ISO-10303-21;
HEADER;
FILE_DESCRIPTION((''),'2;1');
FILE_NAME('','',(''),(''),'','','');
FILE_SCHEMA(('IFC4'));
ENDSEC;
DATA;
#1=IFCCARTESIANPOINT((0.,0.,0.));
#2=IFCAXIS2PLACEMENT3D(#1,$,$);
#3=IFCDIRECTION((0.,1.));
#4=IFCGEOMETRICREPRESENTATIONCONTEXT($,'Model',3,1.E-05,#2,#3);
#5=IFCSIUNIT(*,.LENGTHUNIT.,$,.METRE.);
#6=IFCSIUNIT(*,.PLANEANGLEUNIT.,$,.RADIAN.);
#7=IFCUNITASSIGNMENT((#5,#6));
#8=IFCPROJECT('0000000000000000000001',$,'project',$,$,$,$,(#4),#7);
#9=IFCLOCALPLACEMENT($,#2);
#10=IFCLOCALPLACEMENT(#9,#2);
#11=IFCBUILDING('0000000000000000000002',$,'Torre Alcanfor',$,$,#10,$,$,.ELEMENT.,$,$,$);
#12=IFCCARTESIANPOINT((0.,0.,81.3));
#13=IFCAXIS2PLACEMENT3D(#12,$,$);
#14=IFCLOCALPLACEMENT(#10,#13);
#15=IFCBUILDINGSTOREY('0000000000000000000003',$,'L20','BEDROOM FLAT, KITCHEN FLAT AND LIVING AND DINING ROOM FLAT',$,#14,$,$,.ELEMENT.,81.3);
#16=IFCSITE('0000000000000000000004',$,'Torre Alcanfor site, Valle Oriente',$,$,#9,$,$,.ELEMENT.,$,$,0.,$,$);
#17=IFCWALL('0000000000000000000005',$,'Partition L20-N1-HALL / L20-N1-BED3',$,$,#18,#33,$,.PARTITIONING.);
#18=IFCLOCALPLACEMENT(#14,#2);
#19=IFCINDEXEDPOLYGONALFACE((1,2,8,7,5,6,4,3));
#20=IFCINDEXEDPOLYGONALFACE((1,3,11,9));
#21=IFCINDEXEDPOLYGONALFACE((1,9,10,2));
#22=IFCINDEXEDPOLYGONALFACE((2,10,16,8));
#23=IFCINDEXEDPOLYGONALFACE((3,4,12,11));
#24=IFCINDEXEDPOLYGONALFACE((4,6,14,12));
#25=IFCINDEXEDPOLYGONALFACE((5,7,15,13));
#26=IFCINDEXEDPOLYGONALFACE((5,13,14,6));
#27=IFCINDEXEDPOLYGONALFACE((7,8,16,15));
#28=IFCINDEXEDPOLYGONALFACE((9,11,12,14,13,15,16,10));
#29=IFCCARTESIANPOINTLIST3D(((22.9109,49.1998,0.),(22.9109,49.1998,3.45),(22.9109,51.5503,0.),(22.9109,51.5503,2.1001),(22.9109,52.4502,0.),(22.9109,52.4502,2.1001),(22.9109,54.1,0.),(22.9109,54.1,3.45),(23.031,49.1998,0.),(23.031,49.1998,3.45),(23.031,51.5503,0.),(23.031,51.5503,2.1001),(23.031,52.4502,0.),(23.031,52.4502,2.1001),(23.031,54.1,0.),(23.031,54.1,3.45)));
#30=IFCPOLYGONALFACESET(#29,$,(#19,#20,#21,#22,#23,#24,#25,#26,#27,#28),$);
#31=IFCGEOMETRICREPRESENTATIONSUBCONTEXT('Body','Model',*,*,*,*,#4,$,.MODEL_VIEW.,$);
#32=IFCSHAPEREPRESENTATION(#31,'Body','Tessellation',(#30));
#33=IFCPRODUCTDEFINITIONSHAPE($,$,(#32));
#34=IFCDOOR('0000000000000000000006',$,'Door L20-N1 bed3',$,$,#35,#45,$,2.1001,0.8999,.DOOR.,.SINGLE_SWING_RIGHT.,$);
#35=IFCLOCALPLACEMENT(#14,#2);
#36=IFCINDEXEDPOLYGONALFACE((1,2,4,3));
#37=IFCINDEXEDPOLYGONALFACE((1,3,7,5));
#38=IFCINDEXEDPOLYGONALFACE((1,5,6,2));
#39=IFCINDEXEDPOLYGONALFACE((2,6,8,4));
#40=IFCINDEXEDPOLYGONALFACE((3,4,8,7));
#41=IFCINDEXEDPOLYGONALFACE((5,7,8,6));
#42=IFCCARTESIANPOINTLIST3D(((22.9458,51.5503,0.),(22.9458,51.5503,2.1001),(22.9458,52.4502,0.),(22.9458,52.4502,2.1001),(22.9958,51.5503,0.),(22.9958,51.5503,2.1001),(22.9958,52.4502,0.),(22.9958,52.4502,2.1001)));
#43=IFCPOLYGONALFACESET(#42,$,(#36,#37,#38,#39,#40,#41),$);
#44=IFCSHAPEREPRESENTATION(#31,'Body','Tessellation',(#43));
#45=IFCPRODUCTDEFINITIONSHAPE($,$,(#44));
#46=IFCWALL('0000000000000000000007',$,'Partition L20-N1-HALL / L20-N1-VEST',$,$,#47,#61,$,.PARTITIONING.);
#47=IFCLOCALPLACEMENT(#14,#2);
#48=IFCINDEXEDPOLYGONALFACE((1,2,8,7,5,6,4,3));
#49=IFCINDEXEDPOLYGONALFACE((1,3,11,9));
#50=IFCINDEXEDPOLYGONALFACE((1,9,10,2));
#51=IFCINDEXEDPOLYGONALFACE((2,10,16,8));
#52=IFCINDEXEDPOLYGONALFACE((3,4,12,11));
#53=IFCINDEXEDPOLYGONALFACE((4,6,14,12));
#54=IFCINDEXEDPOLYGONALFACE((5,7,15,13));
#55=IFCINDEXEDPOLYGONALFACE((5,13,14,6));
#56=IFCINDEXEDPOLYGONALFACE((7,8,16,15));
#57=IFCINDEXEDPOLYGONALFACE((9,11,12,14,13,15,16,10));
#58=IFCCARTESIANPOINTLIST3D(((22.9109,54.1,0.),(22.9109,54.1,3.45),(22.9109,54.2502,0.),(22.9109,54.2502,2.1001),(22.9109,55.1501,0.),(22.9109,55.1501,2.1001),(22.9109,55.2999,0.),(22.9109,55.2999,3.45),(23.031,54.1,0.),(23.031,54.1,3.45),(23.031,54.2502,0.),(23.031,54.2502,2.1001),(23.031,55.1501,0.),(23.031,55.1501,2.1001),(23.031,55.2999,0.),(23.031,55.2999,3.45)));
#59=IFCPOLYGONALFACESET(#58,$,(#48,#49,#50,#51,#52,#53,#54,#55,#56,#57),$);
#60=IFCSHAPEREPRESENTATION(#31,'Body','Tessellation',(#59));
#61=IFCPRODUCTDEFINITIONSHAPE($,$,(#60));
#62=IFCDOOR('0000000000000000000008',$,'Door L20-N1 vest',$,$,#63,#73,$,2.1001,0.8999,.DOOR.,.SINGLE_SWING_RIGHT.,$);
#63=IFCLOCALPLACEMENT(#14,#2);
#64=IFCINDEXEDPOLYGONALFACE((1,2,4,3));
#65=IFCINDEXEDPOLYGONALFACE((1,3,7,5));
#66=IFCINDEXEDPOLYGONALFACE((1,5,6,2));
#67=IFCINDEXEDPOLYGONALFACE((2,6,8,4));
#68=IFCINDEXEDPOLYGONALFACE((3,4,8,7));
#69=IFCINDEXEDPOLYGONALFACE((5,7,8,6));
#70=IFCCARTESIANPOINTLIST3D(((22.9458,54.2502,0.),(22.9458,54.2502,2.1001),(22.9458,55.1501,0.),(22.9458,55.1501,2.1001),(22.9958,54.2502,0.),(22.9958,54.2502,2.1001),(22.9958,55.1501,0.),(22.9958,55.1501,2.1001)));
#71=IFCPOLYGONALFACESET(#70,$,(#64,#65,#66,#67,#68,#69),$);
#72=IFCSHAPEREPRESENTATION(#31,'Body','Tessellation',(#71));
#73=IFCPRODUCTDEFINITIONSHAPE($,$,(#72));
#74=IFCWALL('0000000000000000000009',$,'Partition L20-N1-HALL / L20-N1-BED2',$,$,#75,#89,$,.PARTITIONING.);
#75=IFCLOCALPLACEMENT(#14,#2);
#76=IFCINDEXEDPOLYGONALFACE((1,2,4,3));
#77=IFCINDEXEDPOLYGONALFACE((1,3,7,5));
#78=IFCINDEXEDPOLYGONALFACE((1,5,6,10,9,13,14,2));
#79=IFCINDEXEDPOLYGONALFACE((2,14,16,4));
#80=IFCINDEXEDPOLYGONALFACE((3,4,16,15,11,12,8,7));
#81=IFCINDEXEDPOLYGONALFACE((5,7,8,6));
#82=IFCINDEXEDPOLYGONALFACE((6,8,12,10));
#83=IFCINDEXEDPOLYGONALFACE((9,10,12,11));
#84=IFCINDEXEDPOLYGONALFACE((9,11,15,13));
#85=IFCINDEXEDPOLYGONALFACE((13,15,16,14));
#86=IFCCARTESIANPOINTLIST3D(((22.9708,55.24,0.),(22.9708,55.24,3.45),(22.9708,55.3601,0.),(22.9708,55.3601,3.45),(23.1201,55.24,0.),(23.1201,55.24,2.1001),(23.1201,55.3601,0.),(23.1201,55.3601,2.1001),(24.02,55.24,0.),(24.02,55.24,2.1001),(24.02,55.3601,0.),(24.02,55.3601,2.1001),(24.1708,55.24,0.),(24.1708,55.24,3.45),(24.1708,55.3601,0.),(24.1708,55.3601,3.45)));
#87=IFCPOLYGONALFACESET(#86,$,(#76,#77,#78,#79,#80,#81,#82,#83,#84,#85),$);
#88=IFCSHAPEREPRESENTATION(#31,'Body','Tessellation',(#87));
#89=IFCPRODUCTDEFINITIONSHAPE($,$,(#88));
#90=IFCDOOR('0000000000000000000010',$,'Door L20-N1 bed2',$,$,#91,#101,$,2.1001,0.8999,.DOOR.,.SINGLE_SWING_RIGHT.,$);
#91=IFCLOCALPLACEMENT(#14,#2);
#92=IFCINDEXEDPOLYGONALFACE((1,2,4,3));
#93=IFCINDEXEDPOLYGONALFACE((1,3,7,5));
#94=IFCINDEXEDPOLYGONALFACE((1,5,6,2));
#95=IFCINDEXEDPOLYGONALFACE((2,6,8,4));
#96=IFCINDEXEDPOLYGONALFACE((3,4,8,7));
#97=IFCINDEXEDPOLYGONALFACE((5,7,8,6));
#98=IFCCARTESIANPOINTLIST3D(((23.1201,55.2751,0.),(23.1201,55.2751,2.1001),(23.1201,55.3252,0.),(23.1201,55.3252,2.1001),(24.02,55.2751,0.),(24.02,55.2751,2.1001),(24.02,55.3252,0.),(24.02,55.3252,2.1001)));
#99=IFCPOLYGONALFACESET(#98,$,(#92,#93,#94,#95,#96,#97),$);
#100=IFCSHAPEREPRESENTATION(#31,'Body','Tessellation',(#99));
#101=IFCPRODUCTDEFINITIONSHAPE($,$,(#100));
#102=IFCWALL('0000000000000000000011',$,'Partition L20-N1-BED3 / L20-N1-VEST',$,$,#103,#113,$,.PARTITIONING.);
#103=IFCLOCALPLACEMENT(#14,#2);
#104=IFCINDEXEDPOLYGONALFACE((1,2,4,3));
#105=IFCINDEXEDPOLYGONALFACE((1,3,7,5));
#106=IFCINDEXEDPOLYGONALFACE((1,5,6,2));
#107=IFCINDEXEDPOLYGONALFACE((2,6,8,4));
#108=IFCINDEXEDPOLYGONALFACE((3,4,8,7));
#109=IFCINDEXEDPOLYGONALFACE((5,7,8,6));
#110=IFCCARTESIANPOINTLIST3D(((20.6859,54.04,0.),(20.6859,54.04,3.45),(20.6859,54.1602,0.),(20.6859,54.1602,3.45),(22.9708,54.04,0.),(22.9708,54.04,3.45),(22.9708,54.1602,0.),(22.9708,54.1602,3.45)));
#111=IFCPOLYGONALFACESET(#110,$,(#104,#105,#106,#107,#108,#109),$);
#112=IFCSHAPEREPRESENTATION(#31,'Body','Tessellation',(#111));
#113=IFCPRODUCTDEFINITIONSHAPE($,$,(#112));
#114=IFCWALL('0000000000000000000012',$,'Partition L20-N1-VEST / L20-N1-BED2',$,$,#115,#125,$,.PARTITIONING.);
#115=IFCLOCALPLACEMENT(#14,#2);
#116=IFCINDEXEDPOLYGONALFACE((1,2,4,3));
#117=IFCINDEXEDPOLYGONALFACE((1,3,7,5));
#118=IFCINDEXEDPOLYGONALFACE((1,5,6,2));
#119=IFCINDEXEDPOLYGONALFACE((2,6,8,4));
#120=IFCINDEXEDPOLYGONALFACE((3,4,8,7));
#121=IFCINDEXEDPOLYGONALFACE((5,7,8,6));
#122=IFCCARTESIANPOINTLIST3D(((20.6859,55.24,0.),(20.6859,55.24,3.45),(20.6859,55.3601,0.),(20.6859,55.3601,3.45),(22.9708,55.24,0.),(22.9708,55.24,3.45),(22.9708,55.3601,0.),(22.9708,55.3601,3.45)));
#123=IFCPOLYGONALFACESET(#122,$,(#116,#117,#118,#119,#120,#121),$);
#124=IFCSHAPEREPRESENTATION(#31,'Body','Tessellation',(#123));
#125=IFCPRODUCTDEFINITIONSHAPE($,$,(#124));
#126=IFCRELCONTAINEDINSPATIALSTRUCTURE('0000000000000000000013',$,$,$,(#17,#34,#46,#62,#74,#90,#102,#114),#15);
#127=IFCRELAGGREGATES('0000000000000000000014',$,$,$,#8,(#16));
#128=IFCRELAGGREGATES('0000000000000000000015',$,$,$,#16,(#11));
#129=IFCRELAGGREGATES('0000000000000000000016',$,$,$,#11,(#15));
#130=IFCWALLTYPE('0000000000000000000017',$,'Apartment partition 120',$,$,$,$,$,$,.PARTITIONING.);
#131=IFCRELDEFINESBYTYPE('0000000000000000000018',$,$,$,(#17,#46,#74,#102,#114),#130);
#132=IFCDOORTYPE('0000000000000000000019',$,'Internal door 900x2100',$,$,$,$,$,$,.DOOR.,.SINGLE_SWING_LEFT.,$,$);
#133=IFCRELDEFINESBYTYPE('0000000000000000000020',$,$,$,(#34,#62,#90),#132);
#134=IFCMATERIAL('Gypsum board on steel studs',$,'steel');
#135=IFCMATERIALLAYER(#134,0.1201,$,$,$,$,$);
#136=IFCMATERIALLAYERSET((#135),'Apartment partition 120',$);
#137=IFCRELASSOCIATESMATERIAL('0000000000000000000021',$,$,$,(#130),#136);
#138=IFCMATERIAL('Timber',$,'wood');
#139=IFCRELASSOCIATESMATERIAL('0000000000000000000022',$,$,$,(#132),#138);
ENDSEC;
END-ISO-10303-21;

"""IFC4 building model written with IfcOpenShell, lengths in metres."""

from ifc_helpers import new_model, si_unit, direction, frame, frame_2d, origin, place, context, subcontext, project, spatial, rectangle, extrude, material, layer, layer_set, type_object, element, fill, save


model = new_model("IFC4")

# Units and contexts
model_context = context("Model", 3, precision=1e-05, world=origin(), true_north=direction((0.0, 1.0)))
body_context = subcontext(model_context, "Body", "Model", "MODEL_VIEW")
ifc_project = project(units=[si_unit("LENGTHUNIT", "METRE"), si_unit("PLANEANGLEUNIT", "RADIAN")], contexts=[model_context])

# Site, building, storey
site_placement = place(None, origin())
site = spatial("IfcSite", under=ifc_project, at=site_placement, Name="Torre Alcanfor site, Valle Oriente", CompositionType="ELEMENT", RefElevation=0.0)
building_placement = place(site_placement, origin())
building = spatial("IfcBuilding", under=site, at=building_placement, Name="Torre Alcanfor", CompositionType="ELEMENT")
storey_placement = place(building_placement, frame((0.0, 0.0, 81.3)))
storey = spatial("IfcBuildingStorey", under=building, at=storey_placement, Name="L20", Description="BEDROOM FLAT, KITCHEN FLAT AND LIVING AND DINING ROOM FLAT", CompositionType="ELEMENT", Elevation=81.3)

# Shared definitions
ifc_material_1 = material(Name="Gypsum board on steel studs", Category="steel")
ifc_layer_1 = layer(ifc_material_1, 0.1201)
ifc_layer_set_1 = layer_set([ifc_layer_1], Name="Apartment partition 120")
wall_type = type_object("IfcWallType", Name="Apartment partition 120", PredefinedType="PARTITIONING", material=ifc_layer_set_1)
ifc_material_2 = material(Name="Timber", Category="wood")
door_type = type_object("IfcDoorType", Name="Internal door 900x2100", OperationType="SINGLE_SWING_LEFT", PredefinedType="DOOR", material=ifc_material_2)

# Walls, openings, doors
wall_1_placement = place(storey_placement, frame((22.9709, 54.1001, 0.0), z_axis=(0.0, 0.0, 1.0), x_axis=(0.0, -1.0, 0.0)))
wall_1 = element("IfcWall", 1, at=wall_1_placement, inside=storey, type_object=wall_type, Name="Partition L20-N1-HALL / L20-N1-BED3", PredefinedType="PARTITIONING", context=body_context, shape_type="SweptSolid", body=[
    extrude(rectangle(XDim=4.9001, YDim=0.1201, at=frame_2d((2.4502, 0.0))), origin(), (0.0, 0.0, 1.0), 3.45),
])
opening_1_placement = place(wall_1_placement, frame((1.6499, 0.0, 0.0)))
opening_1 = element("IfcOpeningElement", 2, at=opening_1_placement, cuts=wall_1, PredefinedType="OPENING", context=body_context, shape_type="SweptSolid", body=[
    extrude(rectangle(XDim=0.8999, YDim=2.1001, at=frame_2d((0.45, 1.05))), frame((0.0, 0.0701, 0.0), z_axis=(0.0, -1.0, 0.0), x_axis=(1.0, 0.0, 0.0)), (0.0, 0.0, 1.0), 0.1401),
])
door_1_placement = place(opening_1_placement, frame((0.8999, 0.0, 0.0), z_axis=(0.0, 0.0, 1.0), x_axis=(-1.0, 0.0, 0.0)))
door_1 = element("IfcDoor", 3, at=door_1_placement, inside=storey, type_object=door_type, Name="Door L20-N1 bed3", OperationType="SINGLE_SWING_RIGHT", OverallHeight=2.1001, OverallWidth=0.8999, PredefinedType="DOOR", context=body_context, shape_type="SweptSolid", body=[
    extrude(rectangle(XDim=0.8999, YDim=2.1001, at=frame_2d((0.45, 1.05))), frame((0.0, 0.0251, 0.0), z_axis=(0.0, -1.0, 0.0), x_axis=(1.0, 0.0, 0.0)), (0.0, 0.0, 1.0), 0.05),
])
fill(opening_1, door_1)
wall_2_placement = place(storey_placement, frame((22.9709, 55.3, 0.0), z_axis=(0.0, 0.0, 1.0), x_axis=(0.0, -1.0, 0.0)))
wall_2 = element("IfcWall", 4, at=wall_2_placement, inside=storey, type_object=wall_type, Name="Partition L20-N1-HALL / L20-N1-VEST", PredefinedType="PARTITIONING", context=body_context, shape_type="SweptSolid", body=[
    extrude(rectangle(XDim=1.2, YDim=0.1201, at=frame_2d((0.6001, 0.0))), origin(), (0.0, 0.0, 1.0), 3.45),
])
opening_2_placement = place(wall_2_placement, frame((0.1499, 0.0, 0.0)))
opening_2 = element("IfcOpeningElement", 5, at=opening_2_placement, cuts=wall_2, PredefinedType="OPENING", context=body_context, shape_type="SweptSolid", body=[
    extrude(rectangle(XDim=0.8999, YDim=2.1001, at=frame_2d((0.45, 1.05))), frame((0.0, 0.0701, 0.0), z_axis=(0.0, -1.0, 0.0), x_axis=(1.0, 0.0, 0.0)), (0.0, 0.0, 1.0), 0.1401),
])
door_2_placement = place(opening_2_placement, frame((0.8999, 0.0, 0.0), z_axis=(0.0, 0.0, 1.0), x_axis=(-1.0, 0.0, 0.0)))
door_2 = element("IfcDoor", 6, at=door_2_placement, inside=storey, type_object=door_type, Name="Door L20-N1 vest", OperationType="SINGLE_SWING_RIGHT", OverallHeight=2.1001, OverallWidth=0.8999, PredefinedType="DOOR", context=body_context, shape_type="SweptSolid", body=[
    extrude(rectangle(XDim=0.8999, YDim=2.1001, at=frame_2d((0.45, 1.05))), frame((0.0, 0.0251, 0.0), z_axis=(0.0, -1.0, 0.0), x_axis=(1.0, 0.0, 0.0)), (0.0, 0.0, 1.0), 0.05),
])
fill(opening_2, door_2)
wall_3_placement = place(storey_placement, frame((24.1709, 55.3, 0.0), z_axis=(0.0, 0.0, 1.0), x_axis=(-1.0, 0.0, 0.0)))
wall_3 = element("IfcWall", 7, at=wall_3_placement, inside=storey, type_object=wall_type, Name="Partition L20-N1-HALL / L20-N1-BED2", PredefinedType="PARTITIONING", context=body_context, shape_type="SweptSolid", body=[
    extrude(rectangle(XDim=1.2, YDim=0.1201, at=frame_2d((0.6001, 0.0))), origin(), (0.0, 0.0, 1.0), 3.45),
])
opening_3_placement = place(wall_3_placement, frame((0.1509, 0.0, 0.0)))
opening_3 = element("IfcOpeningElement", 8, at=opening_3_placement, cuts=wall_3, PredefinedType="OPENING", context=body_context, shape_type="SweptSolid", body=[
    extrude(rectangle(XDim=0.8999, YDim=2.1001, at=frame_2d((0.45, 1.05))), frame((0.0, 0.0701, 0.0), z_axis=(0.0, -1.0, 0.0), x_axis=(1.0, 0.0, 0.0)), (0.0, 0.0, 1.0), 0.1401),
])
door_3_placement = place(opening_3_placement, frame((0.8999, 0.0, 0.0), z_axis=(0.0, 0.0, 1.0), x_axis=(-1.0, 0.0, 0.0)))
door_3 = element("IfcDoor", 9, at=door_3_placement, inside=storey, type_object=door_type, Name="Door L20-N1 bed2", OperationType="SINGLE_SWING_RIGHT", OverallHeight=2.1001, OverallWidth=0.8999, PredefinedType="DOOR", context=body_context, shape_type="SweptSolid", body=[
    extrude(rectangle(XDim=0.8999, YDim=2.1001, at=frame_2d((0.45, 1.05))), frame((0.0, 0.0251, 0.0), z_axis=(0.0, -1.0, 0.0), x_axis=(1.0, 0.0, 0.0)), (0.0, 0.0, 1.0), 0.05),
])
fill(opening_3, door_3)

# Walls
for number, where, z_axis, x_axis, name in (
    (10, (22.9709, 54.1001, 0.0), (0.0, 0.0, 1.0), (-1.0, 0.0, 0.0), "Partition L20-N1-BED3 / L20-N1-VEST"),
    (11, (22.9709, 55.3, 0.0), (0.0, 0.0, 1.0), (-1.0, 0.0, 0.0), "Partition L20-N1-VEST / L20-N1-BED2"),
):
    element("IfcWall", number, at=place(storey_placement, frame(where, z_axis=z_axis, x_axis=x_axis)), inside=storey, type_object=wall_type, Name=name, PredefinedType="PARTITIONING", context=body_context, shape_type="SweptSolid", body=[
        extrude(rectangle(XDim=2.2849, YDim=0.1201, at=frame_2d((1.1426, 0.0))), origin(), (0.0, 0.0, 1.0), 3.45),
    ])

save(model, "model.ifc")
